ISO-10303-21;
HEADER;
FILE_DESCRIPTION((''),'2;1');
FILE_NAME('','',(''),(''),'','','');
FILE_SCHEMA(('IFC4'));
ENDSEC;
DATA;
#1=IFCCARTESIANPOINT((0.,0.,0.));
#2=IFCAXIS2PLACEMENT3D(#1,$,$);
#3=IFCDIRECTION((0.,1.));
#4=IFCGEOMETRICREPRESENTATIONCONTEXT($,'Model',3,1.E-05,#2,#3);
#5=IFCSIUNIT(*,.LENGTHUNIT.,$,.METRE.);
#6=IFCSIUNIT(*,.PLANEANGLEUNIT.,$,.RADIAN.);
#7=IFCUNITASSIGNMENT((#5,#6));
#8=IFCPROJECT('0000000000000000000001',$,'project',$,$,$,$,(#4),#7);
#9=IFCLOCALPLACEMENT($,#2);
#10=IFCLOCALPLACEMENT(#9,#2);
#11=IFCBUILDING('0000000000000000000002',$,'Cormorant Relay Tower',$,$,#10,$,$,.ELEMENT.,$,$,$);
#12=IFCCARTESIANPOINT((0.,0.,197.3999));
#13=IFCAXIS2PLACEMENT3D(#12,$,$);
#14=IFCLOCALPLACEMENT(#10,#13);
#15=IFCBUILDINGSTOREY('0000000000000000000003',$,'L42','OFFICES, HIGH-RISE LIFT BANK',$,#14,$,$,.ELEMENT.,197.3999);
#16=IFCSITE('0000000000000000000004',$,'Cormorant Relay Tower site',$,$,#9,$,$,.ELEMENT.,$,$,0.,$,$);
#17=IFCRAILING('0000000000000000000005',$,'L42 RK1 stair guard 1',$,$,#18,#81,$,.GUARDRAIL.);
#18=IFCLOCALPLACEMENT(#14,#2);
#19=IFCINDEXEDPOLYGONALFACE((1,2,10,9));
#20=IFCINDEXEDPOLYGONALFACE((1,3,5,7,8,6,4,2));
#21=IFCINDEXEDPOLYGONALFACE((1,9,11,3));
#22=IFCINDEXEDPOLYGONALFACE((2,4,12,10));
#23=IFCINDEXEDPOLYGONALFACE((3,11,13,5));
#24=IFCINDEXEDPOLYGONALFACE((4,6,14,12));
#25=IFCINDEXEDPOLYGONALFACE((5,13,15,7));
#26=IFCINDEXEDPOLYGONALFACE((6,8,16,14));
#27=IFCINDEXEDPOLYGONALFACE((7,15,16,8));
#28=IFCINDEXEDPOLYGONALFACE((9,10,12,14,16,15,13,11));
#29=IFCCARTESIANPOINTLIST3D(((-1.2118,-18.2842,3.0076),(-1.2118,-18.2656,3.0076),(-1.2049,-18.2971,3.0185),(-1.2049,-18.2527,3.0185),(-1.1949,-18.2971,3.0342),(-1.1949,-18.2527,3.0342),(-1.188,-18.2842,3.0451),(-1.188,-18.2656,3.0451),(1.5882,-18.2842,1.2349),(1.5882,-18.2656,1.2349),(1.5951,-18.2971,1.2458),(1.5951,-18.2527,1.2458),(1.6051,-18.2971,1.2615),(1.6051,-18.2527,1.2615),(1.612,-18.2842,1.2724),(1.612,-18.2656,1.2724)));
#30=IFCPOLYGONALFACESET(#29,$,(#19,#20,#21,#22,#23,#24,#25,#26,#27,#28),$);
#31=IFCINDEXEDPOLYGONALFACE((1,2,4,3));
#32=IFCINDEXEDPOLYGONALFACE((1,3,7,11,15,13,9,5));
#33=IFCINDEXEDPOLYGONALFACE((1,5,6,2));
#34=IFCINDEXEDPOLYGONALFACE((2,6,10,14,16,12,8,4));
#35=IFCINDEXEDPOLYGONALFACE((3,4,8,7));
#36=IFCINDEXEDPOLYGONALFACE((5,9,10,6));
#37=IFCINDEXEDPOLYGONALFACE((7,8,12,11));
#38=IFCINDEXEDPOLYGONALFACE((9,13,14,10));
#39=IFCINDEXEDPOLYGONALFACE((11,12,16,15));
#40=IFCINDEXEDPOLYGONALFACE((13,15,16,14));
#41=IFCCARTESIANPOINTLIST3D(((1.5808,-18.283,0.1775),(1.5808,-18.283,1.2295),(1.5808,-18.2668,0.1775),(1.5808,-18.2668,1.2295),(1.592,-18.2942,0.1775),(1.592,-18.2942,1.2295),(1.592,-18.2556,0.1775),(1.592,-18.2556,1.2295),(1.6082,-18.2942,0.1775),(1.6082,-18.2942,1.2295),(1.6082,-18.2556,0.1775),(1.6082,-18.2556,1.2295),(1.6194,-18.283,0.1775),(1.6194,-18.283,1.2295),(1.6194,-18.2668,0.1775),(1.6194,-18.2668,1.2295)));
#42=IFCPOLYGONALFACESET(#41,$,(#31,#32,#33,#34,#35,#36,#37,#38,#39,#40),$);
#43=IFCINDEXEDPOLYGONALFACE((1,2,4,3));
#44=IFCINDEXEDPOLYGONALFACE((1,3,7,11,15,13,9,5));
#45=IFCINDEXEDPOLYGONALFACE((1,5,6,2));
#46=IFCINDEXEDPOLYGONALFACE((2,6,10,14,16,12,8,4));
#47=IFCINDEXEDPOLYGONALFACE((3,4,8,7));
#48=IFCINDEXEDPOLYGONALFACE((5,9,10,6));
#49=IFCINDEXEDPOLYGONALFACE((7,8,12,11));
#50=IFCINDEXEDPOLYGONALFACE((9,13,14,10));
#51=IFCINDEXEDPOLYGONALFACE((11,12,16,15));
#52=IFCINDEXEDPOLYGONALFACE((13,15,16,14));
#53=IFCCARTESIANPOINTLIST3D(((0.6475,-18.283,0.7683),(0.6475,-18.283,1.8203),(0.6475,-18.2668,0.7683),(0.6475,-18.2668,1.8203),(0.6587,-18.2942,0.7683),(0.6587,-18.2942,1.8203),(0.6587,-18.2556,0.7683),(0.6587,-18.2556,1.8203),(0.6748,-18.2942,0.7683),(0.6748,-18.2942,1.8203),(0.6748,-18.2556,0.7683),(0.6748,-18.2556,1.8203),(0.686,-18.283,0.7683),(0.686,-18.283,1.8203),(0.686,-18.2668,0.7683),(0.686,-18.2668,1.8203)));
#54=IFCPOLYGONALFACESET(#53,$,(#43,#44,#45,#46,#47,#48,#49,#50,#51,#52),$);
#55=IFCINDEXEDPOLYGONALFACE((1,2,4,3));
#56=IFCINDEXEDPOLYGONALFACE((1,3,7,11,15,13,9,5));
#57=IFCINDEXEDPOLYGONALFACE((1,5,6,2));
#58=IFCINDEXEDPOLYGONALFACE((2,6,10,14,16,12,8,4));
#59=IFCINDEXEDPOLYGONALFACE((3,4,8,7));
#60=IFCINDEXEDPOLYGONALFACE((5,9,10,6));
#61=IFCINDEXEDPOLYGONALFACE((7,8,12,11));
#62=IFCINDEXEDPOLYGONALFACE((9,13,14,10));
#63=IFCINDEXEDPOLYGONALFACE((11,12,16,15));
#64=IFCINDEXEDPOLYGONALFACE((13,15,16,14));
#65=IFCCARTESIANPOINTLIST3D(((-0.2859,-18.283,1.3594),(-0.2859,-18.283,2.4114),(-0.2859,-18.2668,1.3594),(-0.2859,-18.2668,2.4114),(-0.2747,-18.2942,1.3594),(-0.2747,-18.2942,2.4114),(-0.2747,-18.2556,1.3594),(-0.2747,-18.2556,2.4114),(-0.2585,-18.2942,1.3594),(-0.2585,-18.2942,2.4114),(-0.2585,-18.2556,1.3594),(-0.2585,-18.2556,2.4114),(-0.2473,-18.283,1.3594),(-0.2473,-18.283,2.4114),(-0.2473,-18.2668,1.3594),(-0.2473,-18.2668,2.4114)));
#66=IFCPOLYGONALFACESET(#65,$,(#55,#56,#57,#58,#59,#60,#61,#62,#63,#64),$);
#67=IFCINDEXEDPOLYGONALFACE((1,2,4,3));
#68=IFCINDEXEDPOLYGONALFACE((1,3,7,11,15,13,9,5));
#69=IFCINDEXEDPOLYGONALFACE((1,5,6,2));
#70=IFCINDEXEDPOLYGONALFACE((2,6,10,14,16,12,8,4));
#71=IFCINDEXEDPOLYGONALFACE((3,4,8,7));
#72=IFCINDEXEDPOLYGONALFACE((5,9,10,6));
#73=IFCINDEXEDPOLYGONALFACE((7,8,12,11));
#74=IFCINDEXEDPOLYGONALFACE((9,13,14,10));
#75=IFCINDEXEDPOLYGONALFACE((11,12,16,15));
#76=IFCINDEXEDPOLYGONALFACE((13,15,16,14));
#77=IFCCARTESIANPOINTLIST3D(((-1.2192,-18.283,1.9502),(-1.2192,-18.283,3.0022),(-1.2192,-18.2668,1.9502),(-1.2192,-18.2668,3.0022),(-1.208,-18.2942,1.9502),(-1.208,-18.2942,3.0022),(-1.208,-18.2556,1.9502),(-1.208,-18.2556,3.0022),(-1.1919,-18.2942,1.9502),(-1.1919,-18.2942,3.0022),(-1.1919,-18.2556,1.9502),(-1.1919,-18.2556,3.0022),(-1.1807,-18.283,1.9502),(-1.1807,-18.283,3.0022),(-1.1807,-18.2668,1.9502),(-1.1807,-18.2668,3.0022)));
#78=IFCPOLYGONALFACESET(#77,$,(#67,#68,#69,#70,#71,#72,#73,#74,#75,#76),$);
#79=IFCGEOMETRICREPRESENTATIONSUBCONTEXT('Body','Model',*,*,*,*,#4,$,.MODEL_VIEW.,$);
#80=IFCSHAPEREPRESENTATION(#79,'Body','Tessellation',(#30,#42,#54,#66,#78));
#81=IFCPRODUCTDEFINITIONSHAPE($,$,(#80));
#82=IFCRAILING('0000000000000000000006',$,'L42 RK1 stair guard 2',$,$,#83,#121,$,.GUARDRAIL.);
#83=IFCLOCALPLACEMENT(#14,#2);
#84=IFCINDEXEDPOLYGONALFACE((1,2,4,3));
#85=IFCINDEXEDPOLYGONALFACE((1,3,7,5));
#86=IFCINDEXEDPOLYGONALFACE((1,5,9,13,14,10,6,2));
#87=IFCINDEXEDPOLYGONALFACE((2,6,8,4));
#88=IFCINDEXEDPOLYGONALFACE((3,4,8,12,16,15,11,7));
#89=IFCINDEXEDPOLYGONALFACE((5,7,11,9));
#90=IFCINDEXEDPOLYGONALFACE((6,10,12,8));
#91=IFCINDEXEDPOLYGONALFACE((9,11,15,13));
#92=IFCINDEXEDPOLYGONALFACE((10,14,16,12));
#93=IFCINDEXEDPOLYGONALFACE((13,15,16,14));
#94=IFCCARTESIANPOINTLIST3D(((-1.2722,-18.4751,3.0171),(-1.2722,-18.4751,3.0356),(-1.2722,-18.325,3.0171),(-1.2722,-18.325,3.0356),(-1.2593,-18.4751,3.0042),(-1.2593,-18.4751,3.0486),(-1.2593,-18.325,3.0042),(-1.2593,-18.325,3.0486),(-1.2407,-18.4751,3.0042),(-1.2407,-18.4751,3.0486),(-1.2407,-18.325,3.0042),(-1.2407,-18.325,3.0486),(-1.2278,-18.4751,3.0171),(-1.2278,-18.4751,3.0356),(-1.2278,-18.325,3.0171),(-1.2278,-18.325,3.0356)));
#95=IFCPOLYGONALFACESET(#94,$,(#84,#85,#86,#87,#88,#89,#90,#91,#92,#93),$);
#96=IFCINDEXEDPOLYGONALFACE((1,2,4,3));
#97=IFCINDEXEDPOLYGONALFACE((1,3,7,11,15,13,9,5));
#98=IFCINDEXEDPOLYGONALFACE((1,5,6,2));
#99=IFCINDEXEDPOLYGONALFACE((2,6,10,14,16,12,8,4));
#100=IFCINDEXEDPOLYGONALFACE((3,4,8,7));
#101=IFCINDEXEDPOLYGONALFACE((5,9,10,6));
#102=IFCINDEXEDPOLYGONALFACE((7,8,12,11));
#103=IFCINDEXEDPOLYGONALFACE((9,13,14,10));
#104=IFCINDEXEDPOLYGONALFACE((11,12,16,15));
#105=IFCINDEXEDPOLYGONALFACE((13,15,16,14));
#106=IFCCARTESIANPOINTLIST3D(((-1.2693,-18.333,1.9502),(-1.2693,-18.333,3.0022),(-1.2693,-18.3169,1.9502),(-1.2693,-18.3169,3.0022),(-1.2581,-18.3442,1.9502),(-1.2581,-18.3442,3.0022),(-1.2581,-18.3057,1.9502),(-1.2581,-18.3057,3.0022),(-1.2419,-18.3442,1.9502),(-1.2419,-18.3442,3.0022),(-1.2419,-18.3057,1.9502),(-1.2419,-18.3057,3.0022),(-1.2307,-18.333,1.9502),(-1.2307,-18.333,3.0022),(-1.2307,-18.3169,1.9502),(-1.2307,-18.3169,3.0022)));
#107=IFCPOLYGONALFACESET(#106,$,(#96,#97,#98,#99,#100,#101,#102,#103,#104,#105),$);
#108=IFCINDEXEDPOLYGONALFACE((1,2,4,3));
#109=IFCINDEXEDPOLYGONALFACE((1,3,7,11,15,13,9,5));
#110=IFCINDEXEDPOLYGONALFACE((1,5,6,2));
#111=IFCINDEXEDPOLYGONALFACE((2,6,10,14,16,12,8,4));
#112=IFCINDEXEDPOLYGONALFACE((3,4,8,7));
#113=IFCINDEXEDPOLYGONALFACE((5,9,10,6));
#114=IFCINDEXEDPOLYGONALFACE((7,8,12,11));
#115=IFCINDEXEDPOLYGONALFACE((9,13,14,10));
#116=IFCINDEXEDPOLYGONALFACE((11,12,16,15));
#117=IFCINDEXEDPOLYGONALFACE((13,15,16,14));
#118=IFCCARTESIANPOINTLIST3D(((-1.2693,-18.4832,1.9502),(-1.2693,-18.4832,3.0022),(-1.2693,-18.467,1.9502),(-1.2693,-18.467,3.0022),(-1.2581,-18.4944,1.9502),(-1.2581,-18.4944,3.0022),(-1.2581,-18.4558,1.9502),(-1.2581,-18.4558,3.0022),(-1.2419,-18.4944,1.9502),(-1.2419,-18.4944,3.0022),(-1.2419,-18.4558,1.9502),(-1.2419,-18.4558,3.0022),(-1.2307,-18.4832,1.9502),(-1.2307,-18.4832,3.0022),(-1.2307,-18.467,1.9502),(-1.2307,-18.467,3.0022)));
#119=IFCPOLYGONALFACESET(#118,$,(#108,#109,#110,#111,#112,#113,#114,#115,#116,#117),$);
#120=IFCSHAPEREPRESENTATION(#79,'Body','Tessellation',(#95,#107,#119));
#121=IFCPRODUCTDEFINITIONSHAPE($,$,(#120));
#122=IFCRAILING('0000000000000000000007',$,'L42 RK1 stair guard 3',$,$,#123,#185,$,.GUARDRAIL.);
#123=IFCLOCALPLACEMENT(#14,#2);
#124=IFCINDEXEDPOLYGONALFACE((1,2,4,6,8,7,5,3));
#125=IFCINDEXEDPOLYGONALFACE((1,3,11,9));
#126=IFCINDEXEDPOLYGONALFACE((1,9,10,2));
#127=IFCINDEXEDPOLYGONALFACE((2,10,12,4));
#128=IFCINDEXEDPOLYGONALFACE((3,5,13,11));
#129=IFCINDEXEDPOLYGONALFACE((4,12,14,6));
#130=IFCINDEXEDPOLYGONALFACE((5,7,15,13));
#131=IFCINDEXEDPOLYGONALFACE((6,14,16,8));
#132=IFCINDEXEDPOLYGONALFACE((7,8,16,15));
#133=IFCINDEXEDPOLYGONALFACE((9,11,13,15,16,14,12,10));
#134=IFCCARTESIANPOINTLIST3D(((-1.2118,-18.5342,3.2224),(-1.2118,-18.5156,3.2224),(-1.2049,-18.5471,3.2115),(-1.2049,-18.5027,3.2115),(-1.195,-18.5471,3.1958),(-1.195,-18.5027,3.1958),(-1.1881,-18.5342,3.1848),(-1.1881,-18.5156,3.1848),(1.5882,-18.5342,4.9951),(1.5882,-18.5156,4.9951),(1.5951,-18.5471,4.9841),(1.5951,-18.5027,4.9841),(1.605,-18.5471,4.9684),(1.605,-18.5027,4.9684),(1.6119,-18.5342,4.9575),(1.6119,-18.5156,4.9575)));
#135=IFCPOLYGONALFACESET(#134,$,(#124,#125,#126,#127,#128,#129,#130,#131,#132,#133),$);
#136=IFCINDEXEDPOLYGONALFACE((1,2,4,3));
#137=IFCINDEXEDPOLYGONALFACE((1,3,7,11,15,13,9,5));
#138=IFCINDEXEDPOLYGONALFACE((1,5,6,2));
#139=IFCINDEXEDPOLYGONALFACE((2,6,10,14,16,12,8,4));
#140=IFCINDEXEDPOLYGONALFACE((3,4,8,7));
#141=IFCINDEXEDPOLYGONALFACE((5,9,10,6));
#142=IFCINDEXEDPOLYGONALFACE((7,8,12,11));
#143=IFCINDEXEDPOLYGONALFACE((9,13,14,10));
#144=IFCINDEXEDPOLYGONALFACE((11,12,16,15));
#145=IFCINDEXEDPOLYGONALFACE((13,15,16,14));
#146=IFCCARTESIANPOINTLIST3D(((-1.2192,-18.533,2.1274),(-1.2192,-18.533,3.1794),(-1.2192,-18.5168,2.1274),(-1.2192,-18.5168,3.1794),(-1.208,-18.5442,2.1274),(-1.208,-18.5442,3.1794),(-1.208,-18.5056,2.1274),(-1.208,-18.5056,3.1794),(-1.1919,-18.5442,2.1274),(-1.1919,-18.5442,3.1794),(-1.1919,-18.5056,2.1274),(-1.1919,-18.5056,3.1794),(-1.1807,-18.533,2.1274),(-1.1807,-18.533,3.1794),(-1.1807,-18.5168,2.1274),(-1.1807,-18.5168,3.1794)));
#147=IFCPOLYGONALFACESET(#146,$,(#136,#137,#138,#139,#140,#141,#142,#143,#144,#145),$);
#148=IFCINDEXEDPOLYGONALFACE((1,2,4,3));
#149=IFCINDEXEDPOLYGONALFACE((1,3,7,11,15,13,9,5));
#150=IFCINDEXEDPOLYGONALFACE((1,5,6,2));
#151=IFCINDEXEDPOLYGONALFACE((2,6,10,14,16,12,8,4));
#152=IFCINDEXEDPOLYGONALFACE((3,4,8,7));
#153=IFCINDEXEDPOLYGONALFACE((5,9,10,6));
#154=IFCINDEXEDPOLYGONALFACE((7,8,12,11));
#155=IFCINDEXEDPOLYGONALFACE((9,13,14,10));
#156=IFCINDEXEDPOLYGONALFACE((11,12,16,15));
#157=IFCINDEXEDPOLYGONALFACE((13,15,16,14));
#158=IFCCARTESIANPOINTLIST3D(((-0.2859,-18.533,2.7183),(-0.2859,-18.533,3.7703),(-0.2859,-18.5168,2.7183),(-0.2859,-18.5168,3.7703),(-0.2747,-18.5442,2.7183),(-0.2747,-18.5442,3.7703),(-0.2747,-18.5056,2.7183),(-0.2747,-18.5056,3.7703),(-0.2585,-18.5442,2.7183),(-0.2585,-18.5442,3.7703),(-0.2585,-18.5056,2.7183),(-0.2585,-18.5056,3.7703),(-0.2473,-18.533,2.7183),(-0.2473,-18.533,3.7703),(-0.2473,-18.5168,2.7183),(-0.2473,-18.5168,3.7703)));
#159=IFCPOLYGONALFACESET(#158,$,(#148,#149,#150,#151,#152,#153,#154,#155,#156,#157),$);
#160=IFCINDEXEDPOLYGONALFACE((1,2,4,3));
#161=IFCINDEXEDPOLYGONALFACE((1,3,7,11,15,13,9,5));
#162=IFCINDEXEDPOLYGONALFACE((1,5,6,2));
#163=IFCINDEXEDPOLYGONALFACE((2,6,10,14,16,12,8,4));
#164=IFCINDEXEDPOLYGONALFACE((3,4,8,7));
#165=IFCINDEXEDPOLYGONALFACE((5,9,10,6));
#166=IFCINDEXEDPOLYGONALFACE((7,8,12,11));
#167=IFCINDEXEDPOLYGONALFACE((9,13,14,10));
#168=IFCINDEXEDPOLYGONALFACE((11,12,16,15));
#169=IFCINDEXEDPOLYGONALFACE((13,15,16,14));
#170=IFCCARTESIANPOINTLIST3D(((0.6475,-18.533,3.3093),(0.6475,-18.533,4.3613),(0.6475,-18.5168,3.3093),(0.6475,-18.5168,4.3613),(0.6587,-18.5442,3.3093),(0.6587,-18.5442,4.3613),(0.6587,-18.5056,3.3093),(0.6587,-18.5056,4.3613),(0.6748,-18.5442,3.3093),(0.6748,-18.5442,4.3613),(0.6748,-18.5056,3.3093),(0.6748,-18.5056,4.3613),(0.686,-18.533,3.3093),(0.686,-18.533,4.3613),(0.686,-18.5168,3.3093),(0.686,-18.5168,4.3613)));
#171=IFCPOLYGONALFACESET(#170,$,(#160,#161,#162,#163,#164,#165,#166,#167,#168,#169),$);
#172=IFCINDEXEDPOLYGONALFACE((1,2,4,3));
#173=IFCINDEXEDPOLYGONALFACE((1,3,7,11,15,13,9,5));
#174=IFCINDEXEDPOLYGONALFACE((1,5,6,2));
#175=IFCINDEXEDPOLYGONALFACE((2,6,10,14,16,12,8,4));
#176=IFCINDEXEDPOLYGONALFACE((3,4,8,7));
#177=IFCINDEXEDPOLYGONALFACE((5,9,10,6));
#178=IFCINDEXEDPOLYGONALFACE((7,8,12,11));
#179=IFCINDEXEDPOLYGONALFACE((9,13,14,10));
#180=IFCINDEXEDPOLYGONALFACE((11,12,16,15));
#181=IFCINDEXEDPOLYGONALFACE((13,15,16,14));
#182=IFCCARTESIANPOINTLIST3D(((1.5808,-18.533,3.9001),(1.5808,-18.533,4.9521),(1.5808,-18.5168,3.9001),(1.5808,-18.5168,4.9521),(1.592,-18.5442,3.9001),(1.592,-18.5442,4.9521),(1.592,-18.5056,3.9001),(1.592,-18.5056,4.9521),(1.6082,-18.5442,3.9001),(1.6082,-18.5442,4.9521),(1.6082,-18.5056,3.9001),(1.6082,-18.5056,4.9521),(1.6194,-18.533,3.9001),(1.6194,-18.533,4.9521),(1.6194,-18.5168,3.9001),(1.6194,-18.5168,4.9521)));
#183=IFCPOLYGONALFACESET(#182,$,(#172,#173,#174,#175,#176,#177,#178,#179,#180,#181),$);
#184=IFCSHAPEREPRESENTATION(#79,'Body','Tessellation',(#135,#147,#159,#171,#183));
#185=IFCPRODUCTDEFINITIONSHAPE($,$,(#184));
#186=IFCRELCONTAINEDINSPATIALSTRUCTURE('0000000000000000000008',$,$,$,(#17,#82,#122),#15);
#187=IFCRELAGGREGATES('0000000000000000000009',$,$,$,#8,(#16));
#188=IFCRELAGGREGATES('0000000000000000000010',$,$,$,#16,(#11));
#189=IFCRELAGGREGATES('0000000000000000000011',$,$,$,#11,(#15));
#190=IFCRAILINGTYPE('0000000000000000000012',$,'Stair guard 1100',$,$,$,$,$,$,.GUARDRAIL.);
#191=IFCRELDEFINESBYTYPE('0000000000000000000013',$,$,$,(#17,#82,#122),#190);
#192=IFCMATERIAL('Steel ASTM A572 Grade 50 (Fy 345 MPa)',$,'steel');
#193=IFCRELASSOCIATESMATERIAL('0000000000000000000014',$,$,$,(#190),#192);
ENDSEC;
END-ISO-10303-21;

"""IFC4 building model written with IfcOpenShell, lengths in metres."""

from ifc_helpers import new_model, si_unit, direction, frame, origin, place, context, subcontext, project, spatial, polyline, outline, extrude, material, type_object, element, save


model = new_model("IFC4")

# Units and contexts
model_context = context("Model", 3, precision=1e-05, world=origin(), true_north=direction((0.0, 1.0)))
body_context = subcontext(model_context, "Body", "Model", "MODEL_VIEW")
ifc_project = project(units=[si_unit("LENGTHUNIT", "METRE"), si_unit("PLANEANGLEUNIT", "RADIAN")], contexts=[model_context])

# Site, building, storey
site_placement = place(None, origin())
site = spatial("IfcSite", under=ifc_project, at=site_placement, Name="Cormorant Relay Tower site", CompositionType="ELEMENT", RefElevation=0.0)
building_placement = place(site_placement, origin())
building = spatial("IfcBuilding", under=site, at=building_placement, Name="Cormorant Relay Tower", CompositionType="ELEMENT")
storey_placement = place(building_placement, frame((0.0, 0.0, 197.3999)))
storey = spatial("IfcBuildingStorey", under=building, at=storey_placement, Name="L42", Description="OFFICES, HIGH-RISE LIFT BANK", CompositionType="ELEMENT", Elevation=197.3999)

# Railings
ifc_material_1 = material(Name="Steel ASTM A572 Grade 50 (Fy 345 MPa)", Category="steel")
railing_type_1 = type_object("IfcRailingType", Name="Stair guard 1100", PredefinedType="GUARDRAIL", material=ifc_material_1)
railing_1_placement = place(storey_placement, frame((1.6001, -18.2749, 0.1775)))
element("IfcRailing", 1, at=railing_1_placement, inside=storey, type_object=railing_type_1, Name="L42 RK1 stair guard 1", PredefinedType="GUARDRAIL", context=body_context, shape_type="SweptSolid", body=[
    extrude(outline(polyline([(0.0222, 0.0093), (0.0093, 0.0222), (-0.0093, 0.0222), (-0.0222, 0.0093), (-0.0222, -0.0093), (-0.0093, -0.0222), (0.0093, -0.0222), (0.0222, -0.0093), (0.0222, 0.0093)])), frame((0.0, 0.0, 1.0762), z_axis=(-0.844909, 0.0, 0.53491), x_axis=(0.0, -1.0, 0.0)), (0.0, 0.0, 1.0), 3.314),
    extrude(outline(polyline([(0.0193, 0.0081), (0.0081, 0.0193), (-0.0081, 0.0193), (-0.0193, 0.0081), (-0.0193, -0.0081), (-0.0081, -0.0193), (0.0081, -0.0193), (0.0193, -0.0081), (0.0193, 0.0081)])), origin(), (0.0, 0.0, 1.0), 1.052),
    extrude(outline(polyline([(0.0193, 0.0081), (0.0081, 0.0193), (-0.0081, 0.0193), (-0.0193, 0.0081), (-0.0193, -0.0081), (-0.0081, -0.0193), (0.0081, -0.0193), (0.0193, -0.0081), (0.0193, 0.0081)])), frame((-0.9333, 0.0, 0.5908)), (0.0, 0.0, 1.0), 1.052),
    extrude(outline(polyline([(0.0193, 0.0081), (0.0081, 0.0193), (-0.0081, 0.0193), (-0.0193, 0.0081), (-0.0193, -0.0081), (-0.0081, -0.0193), (0.0081, -0.0193), (0.0193, -0.0081), (0.0193, 0.0081)])), frame((-1.8667, 0.0, 1.1819)), (0.0, 0.0, 1.0), 1.052),
    extrude(outline(polyline([(0.0193, 0.0081), (0.0081, 0.0193), (-0.0081, 0.0193), (-0.0193, 0.0081), (-0.0193, -0.0081), (-0.0081, -0.0193), (0.0081, -0.0193), (0.0193, -0.0081), (0.0193, 0.0081)])), frame((-2.8, 0.0, 1.7727)), (0.0, 0.0, 1.0), 1.052),
])
railing_2_placement = place(storey_placement, frame((-1.25, -18.325, 1.9502)))
element("IfcRailing", 2, at=railing_2_placement, inside=storey, type_object=railing_type_1, Name="L42 RK1 stair guard 2", PredefinedType="GUARDRAIL", context=body_context, shape_type="SweptSolid", body=[
    extrude(outline(polyline([(0.0222, 0.0093), (0.0093, 0.0222), (-0.0093, 0.0222), (-0.0222, 0.0093), (-0.0222, -0.0093), (-0.0093, -0.0222), (0.0093, -0.0222), (0.0222, -0.0093), (0.0222, 0.0093)])), frame((0.0, 0.0, 1.0762), z_axis=(0.0, -1.0, 0.0), x_axis=(1.0, 0.0, 0.0)), (0.0, 0.0, 1.0), 0.1501),
    extrude(outline(polyline([(0.0193, 0.0081), (0.0081, 0.0193), (-0.0081, 0.0193), (-0.0193, 0.0081), (-0.0193, -0.0081), (-0.0081, -0.0193), (0.0081, -0.0193), (0.0193, -0.0081), (0.0193, 0.0081)])), origin(), (0.0, 0.0, 1.0), 1.052),
    extrude(outline(polyline([(0.0193, 0.0081), (0.0081, 0.0193), (-0.0081, 0.0193), (-0.0193, 0.0081), (-0.0193, -0.0081), (-0.0081, -0.0193), (0.0081, -0.0193), (0.0193, -0.0081), (0.0193, 0.0081)])), frame((0.0, -0.1501, 0.0)), (0.0, 0.0, 1.0), 1.052),
])
railing_3_placement = place(storey_placement, frame((-1.2, -18.5249, 2.1274)))
element("IfcRailing", 3, at=railing_3_placement, inside=storey, type_object=railing_type_1, Name="L42 RK1 stair guard 3", PredefinedType="GUARDRAIL", context=body_context, shape_type="SweptSolid", body=[
    extrude(outline(polyline([(0.0222, 0.0093), (0.0093, 0.0222), (-0.0093, 0.0222), (-0.0222, 0.0093), (-0.0222, -0.0093), (-0.0093, -0.0222), (0.0093, -0.0222), (0.0222, -0.0093), (0.0222, 0.0093)])), frame((0.0, 0.0, 1.0762), z_axis=(0.844909, 0.0, 0.53491), x_axis=(0.0, 1.0, 0.0)), (0.0, 0.0, 1.0), 3.314),
    extrude(outline(polyline([(0.0193, 0.0081), (0.0081, 0.0193), (-0.0081, 0.0193), (-0.0193, 0.0081), (-0.0193, -0.0081), (-0.0081, -0.0193), (0.0081, -0.0193), (0.0193, -0.0081), (0.0193, 0.0081)])), origin(), (0.0, 0.0, 1.0), 1.052),
    extrude(outline(polyline([(0.0193, 0.0081), (0.0081, 0.0193), (-0.0081, 0.0193), (-0.0193, 0.0081), (-0.0193, -0.0081), (-0.0081, -0.0193), (0.0081, -0.0193), (0.0193, -0.0081), (0.0193, 0.0081)])), frame((0.9333, 0.0, 0.5908)), (0.0, 0.0, 1.0), 1.052),
    extrude(outline(polyline([(0.0193, 0.0081), (0.0081, 0.0193), (-0.0081, 0.0193), (-0.0193, 0.0081), (-0.0193, -0.0081), (-0.0081, -0.0193), (0.0081, -0.0193), (0.0193, -0.0081), (0.0193, 0.0081)])), frame((1.8667, 0.0, 1.1819)), (0.0, 0.0, 1.0), 1.052),
    extrude(outline(polyline([(0.0193, 0.0081), (0.0081, 0.0193), (-0.0081, 0.0193), (-0.0193, 0.0081), (-0.0193, -0.0081), (-0.0081, -0.0193), (0.0081, -0.0193), (0.0193, -0.0081), (0.0193, 0.0081)])), frame((2.8, 0.0, 1.7727)), (0.0, 0.0, 1.0), 1.052),
])

save(model, "model.ifc")
